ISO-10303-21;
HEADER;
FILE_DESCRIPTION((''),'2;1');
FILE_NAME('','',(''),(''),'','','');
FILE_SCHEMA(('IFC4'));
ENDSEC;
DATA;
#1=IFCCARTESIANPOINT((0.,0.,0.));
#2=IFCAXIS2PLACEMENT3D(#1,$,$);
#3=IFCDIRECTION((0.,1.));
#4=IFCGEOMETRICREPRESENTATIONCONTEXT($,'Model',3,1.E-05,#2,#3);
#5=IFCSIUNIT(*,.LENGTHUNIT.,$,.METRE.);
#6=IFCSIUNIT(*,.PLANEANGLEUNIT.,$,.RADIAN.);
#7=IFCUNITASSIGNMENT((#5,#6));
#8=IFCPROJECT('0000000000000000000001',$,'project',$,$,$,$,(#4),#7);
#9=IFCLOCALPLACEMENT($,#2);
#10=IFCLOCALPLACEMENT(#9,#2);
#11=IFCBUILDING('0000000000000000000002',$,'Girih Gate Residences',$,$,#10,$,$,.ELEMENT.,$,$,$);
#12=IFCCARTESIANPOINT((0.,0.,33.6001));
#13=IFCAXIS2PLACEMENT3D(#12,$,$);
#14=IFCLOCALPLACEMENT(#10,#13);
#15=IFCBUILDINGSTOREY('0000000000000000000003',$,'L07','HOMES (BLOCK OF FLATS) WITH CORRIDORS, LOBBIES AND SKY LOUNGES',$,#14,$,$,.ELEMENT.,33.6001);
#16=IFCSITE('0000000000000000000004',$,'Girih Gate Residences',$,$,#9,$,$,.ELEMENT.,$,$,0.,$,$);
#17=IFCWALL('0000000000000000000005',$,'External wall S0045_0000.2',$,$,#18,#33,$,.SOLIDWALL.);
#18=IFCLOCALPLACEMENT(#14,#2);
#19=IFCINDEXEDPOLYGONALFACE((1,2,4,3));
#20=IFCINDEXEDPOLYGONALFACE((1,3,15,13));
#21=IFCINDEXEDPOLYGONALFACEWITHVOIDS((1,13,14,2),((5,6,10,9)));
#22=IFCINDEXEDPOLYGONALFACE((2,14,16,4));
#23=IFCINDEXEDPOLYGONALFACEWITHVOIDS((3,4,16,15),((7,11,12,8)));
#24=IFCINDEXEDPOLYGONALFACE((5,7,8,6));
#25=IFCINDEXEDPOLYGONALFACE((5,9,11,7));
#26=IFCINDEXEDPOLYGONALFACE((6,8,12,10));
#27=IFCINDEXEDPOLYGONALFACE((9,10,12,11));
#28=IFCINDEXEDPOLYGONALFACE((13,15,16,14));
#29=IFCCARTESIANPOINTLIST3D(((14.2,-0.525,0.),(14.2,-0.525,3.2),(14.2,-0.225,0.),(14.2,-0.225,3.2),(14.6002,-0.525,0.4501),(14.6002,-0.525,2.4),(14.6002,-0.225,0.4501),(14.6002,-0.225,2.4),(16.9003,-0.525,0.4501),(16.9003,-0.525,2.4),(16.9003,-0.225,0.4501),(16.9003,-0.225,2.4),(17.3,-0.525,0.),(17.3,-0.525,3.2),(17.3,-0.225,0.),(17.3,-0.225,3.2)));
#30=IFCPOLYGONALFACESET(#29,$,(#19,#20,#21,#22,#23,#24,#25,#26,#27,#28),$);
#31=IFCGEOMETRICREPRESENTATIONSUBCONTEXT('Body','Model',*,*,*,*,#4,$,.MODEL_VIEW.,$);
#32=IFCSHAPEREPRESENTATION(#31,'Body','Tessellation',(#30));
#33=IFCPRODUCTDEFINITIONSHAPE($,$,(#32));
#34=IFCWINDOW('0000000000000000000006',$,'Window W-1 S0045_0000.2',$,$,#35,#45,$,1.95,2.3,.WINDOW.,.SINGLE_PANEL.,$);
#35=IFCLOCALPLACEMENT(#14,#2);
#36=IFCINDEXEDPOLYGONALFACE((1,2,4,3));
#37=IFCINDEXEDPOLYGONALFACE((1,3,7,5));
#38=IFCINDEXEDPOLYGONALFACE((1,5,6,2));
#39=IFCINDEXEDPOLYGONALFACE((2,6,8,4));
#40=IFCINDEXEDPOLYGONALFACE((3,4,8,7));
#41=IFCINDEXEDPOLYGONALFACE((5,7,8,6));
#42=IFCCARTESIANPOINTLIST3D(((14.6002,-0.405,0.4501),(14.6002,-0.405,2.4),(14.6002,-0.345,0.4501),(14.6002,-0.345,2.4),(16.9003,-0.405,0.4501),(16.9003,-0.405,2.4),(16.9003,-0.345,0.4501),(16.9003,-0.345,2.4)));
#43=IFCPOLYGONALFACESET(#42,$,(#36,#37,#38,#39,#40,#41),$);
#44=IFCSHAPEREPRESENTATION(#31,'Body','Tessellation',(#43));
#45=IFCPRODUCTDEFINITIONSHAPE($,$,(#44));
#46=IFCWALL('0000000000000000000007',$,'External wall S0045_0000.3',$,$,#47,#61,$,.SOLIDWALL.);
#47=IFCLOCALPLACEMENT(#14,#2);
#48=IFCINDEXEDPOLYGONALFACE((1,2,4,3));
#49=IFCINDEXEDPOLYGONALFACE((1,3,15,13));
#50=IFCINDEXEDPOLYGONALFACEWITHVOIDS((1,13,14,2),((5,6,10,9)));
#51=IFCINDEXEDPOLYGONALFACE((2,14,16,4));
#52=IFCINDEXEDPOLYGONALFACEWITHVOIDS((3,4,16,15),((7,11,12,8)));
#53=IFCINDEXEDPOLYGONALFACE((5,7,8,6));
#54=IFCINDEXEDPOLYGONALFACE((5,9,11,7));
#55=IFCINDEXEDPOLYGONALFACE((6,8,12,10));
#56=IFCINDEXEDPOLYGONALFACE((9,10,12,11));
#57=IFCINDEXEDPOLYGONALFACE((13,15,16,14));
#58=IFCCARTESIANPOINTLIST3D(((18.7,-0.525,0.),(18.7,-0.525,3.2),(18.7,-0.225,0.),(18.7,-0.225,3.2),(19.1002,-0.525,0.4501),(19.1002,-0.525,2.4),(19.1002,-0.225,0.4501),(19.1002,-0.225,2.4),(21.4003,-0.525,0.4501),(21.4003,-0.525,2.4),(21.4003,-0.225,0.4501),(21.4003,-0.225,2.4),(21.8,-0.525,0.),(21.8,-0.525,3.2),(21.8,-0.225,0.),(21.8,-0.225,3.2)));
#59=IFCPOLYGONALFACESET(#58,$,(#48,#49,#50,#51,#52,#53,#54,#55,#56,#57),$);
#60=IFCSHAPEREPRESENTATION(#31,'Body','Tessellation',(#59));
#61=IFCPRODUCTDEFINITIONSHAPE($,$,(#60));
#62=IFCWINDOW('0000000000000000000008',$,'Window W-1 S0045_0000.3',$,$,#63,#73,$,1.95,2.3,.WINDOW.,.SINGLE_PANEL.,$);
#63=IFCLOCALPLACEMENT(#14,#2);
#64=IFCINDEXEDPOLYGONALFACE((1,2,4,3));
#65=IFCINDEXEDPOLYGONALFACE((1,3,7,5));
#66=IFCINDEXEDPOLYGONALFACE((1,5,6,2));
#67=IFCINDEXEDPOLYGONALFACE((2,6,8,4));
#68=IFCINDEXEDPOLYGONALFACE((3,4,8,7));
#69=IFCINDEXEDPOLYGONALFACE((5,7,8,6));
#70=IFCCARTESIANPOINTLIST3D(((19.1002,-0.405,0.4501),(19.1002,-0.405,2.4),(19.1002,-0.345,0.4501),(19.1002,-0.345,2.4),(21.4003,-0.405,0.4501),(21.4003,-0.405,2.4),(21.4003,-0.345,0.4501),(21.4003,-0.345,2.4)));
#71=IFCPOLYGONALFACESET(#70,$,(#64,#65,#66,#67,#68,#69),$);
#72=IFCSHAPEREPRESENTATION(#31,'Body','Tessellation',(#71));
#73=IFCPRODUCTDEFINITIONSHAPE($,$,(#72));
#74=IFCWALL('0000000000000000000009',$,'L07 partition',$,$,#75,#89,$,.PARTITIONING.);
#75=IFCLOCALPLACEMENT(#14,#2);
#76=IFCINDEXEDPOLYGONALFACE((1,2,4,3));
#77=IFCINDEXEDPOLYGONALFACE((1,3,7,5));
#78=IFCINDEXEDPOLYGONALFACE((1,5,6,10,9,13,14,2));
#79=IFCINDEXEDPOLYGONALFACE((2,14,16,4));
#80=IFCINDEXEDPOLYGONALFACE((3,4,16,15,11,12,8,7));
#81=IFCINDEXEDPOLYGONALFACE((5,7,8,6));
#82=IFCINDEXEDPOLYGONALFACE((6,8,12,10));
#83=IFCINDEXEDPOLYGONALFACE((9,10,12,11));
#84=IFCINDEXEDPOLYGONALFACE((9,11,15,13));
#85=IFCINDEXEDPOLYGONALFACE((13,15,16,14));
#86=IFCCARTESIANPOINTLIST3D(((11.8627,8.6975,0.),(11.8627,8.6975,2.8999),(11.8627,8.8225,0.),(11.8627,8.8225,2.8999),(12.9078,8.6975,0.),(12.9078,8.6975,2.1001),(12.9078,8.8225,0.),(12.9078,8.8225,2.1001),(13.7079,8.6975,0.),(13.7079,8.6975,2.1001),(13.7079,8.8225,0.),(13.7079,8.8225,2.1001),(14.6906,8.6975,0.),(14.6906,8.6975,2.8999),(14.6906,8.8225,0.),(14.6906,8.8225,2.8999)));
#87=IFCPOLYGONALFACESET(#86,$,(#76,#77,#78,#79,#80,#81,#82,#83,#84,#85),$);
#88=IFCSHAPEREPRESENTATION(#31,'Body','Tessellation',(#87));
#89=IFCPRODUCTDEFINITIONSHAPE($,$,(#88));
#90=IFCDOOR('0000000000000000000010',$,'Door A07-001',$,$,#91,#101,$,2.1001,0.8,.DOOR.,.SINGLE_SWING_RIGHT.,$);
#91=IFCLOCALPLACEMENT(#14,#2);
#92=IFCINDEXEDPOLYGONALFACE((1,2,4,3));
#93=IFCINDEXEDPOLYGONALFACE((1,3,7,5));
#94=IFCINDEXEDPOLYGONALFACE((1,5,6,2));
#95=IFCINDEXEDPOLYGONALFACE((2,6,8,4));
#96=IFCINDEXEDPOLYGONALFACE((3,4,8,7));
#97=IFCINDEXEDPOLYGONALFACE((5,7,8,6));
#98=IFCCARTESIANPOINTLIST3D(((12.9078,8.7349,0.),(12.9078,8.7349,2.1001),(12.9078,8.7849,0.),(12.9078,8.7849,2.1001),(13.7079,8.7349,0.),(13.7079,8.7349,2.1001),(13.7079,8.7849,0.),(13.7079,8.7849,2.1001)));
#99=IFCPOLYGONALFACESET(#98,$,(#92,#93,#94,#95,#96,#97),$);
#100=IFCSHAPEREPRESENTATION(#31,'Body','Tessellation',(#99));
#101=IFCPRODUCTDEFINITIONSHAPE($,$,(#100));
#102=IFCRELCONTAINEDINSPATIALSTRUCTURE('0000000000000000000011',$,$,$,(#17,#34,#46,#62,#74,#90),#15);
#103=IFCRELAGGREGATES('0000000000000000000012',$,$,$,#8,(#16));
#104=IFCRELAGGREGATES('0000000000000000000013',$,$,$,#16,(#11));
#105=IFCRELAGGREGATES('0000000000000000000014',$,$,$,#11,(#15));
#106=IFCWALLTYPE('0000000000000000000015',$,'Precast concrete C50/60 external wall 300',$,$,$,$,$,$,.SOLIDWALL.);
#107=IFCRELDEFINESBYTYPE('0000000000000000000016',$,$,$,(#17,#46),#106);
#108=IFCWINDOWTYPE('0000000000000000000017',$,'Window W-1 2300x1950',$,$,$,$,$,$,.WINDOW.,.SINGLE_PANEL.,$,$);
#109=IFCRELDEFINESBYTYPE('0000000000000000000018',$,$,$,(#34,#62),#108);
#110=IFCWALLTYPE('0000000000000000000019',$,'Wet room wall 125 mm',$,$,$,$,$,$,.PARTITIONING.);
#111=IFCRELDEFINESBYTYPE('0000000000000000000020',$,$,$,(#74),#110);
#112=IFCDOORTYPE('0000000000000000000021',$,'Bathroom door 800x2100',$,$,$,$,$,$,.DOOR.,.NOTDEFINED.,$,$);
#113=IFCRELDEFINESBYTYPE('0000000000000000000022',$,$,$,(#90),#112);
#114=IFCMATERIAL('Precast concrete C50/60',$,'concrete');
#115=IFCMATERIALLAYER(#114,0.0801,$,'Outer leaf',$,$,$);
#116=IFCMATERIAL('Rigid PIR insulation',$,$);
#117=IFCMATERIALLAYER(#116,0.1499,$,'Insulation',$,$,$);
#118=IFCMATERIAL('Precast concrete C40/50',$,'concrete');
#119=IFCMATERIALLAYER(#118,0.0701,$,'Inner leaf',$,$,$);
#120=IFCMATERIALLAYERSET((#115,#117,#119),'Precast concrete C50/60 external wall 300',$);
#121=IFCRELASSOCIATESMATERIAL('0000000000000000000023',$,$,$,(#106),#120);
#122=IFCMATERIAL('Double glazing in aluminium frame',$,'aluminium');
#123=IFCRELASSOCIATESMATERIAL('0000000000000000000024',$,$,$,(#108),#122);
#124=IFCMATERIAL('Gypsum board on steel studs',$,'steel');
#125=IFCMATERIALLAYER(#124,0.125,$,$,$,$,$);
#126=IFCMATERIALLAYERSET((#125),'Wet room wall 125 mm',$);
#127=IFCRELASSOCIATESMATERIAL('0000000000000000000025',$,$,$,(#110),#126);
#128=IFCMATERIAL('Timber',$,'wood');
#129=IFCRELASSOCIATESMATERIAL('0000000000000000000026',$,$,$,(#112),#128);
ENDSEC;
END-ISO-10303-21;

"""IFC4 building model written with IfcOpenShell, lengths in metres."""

from ifc_helpers import new_model, si_unit, direction, frame, frame_2d, origin, place, context, subcontext, project, spatial, rectangle, extrude, material, layer, layer_set, type_object, element, fill, save


model = new_model("IFC4")

# Units and contexts
model_context = context("Model", 3, precision=1e-05, world=origin(), true_north=direction((0.0, 1.0)))
body_context = subcontext(model_context, "Body", "Model", "MODEL_VIEW")
ifc_project = project(units=[si_unit("LENGTHUNIT", "METRE"), si_unit("PLANEANGLEUNIT", "RADIAN")], contexts=[model_context])

# Site, building, storey
site_placement = place(None, origin())
site = spatial("IfcSite", under=ifc_project, at=site_placement, Name="Girih Gate Residences", CompositionType="ELEMENT", RefElevation=0.0)
building_placement = place(site_placement, origin())
building = spatial("IfcBuilding", under=site, at=building_placement, Name="Girih Gate Residences", CompositionType="ELEMENT")
storey_placement = place(building_placement, frame((0.0, 0.0, 33.6001)))
storey = spatial("IfcBuildingStorey", under=building, at=storey_placement, Name="L07", Description="HOMES (BLOCK OF FLATS) WITH CORRIDORS, LOBBIES AND SKY LOUNGES", CompositionType="ELEMENT", Elevation=33.6001)

# Shared definitions
ifc_material_1 = material(Name="Gypsum board on steel studs", Category="steel")

# Shared definitions
ifc_material_2 = material(Name="Timber", Category="wood")

# Walls, openings, windows
ifc_material_3 = material(Name="Precast concrete C50/60", Category="concrete")
ifc_layer_1 = layer(ifc_material_3, 0.0801, Name="Outer leaf")
ifc_material_4 = material(Name="Rigid PIR insulation")
ifc_layer_2 = layer(ifc_material_4, 0.1499, Name="Insulation")
ifc_material_5 = material(Name="Precast concrete C40/50", Category="concrete")
ifc_layer_3 = layer(ifc_material_5, 0.0701, Name="Inner leaf")
ifc_layer_set_1 = layer_set([ifc_layer_1, ifc_layer_2, ifc_layer_3], Name="Precast concrete C50/60 external wall 300")
wall_type_1 = type_object("IfcWallType", Name="Precast concrete C50/60 external wall 300", PredefinedType="SOLIDWALL", material=ifc_layer_set_1)
ifc_material_6 = material(Name="Double glazing in aluminium frame", Category="aluminium")
window_type = type_object("IfcWindowType", Name="Window W-1 2300x1950", PartitioningType="SINGLE_PANEL", PredefinedType="WINDOW", material=ifc_material_6)
wall_1_placement = place(storey_placement, frame((17.3, -0.375, 0.0), z_axis=(0.0, 0.0, 1.0), x_axis=(-1.0, 0.0, 0.0)))
wall_1 = element("IfcWall", 1, at=wall_1_placement, inside=storey, type_object=wall_type_1, Name="External wall S0045_0000.2", PredefinedType="SOLIDWALL", context=body_context, shape_type="SweptSolid", body=[
    extrude(rectangle(XDim=3.1001, YDim=0.3, at=frame_2d((1.55, 0.0))), origin(), (0.0, 0.0, 1.0), 3.2),
])
opening_1_placement = place(wall_1_placement, frame((0.3999, 0.0, 0.45)))
opening_1 = element("IfcOpeningElement", 2, at=opening_1_placement, cuts=wall_1, PredefinedType="OPENING", context=body_context, shape_type="SweptSolid", body=[
    extrude(rectangle(XDim=2.3, YDim=1.95, at=frame_2d((1.1499, 0.9751))), frame((0.0, 0.1599, 0.0), z_axis=(0.0, -1.0, 0.0), x_axis=(1.0, 0.0, 0.0)), (0.0, 0.0, 1.0), 0.3201),
])
window_1_placement = place(opening_1_placement, origin())
window_1 = element("IfcWindow", 3, at=window_1_placement, inside=storey, type_object=window_type, Name="Window W-1 S0045_0000.2", OverallHeight=1.95, OverallWidth=2.3, PartitioningType="SINGLE_PANEL", PredefinedType="WINDOW", context=body_context, shape_type="SweptSolid", body=[
    extrude(rectangle(XDim=2.3, YDim=1.95, at=frame_2d((1.1499, 0.9751))), frame((0.0, 0.03, 0.0), z_axis=(0.0, -1.0, 0.0), x_axis=(1.0, 0.0, 0.0)), (0.0, 0.0, 1.0), 0.0601),
])
fill(opening_1, window_1)
wall_2_placement = place(storey_placement, frame((21.8, -0.375, 0.0), z_axis=(0.0, 0.0, 1.0), x_axis=(-1.0, 0.0, 0.0)))
wall_2 = element("IfcWall", 4, at=wall_2_placement, inside=storey, type_object=wall_type_1, Name="External wall S0045_0000.3", PredefinedType="SOLIDWALL", context=body_context, shape_type="SweptSolid", body=[
    extrude(rectangle(XDim=3.1001, YDim=0.3, at=frame_2d((1.55, 0.0))), origin(), (0.0, 0.0, 1.0), 3.2),
])
opening_2_placement = place(wall_2_placement, frame((0.3999, 0.0, 0.45)))
opening_2 = element("IfcOpeningElement", 5, at=opening_2_placement, cuts=wall_2, PredefinedType="OPENING", context=body_context, shape_type="SweptSolid", body=[
    extrude(rectangle(XDim=2.3, YDim=1.95, at=frame_2d((1.1499, 0.9751))), frame((0.0, 0.1599, 0.0), z_axis=(0.0, -1.0, 0.0), x_axis=(1.0, 0.0, 0.0)), (0.0, 0.0, 1.0), 0.3201),
])
window_2_placement = place(opening_2_placement, origin())
window_2 = element("IfcWindow", 6, at=window_2_placement, inside=storey, type_object=window_type, Name="Window W-1 S0045_0000.3", OverallHeight=1.95, OverallWidth=2.3, PartitioningType="SINGLE_PANEL", PredefinedType="WINDOW", context=body_context, shape_type="SweptSolid", body=[
    extrude(rectangle(XDim=2.3, YDim=1.95, at=frame_2d((1.1499, 0.9751))), frame((0.0, 0.03, 0.0), z_axis=(0.0, -1.0, 0.0), x_axis=(1.0, 0.0, 0.0)), (0.0, 0.0, 1.0), 0.0601),
])
fill(opening_2, window_2)

# Wall, opening, door
ifc_layer_4 = layer(ifc_material_1, 0.125)
ifc_layer_set_2 = layer_set([ifc_layer_4], Name="Wet room wall 125 mm")
wall_type_2 = type_object("IfcWallType", Name="Wet room wall 125 mm", PredefinedType="PARTITIONING", material=ifc_layer_set_2)
wall_3_placement = place(storey_placement, frame((11.8625, 8.76, 0.0), z_axis=(0.0, 0.0, 1.0), x_axis=(1.0, 0.0, 0.0)))
wall_3 = element("IfcWall", 7, at=wall_3_placement, inside=storey, type_object=wall_type_2, Name="L07 partition", PredefinedType="PARTITIONING", context=body_context, shape_type="SweptSolid", body=[
    extrude(rectangle(XDim=2.8279, YDim=0.125, at=frame_2d((1.4141, 0.0))), origin(), (0.0, 0.0, 1.0), 2.8999),
])
opening_3_placement = place(wall_3_placement, frame((1.0454, 0.0, 0.0)))
opening_3 = element("IfcOpeningElement", 8, at=opening_3_placement, cuts=wall_3, PredefinedType="OPENING", context=body_context, shape_type="SweptSolid", body=[
    extrude(rectangle(XDim=0.8, YDim=2.1001, at=frame_2d((0.3999, 1.05))), frame((0.0, 0.0725, 0.0), z_axis=(0.0, -1.0, 0.0), x_axis=(1.0, 0.0, 0.0)), (0.0, 0.0, 1.0), 0.145),
])
door_type_1 = type_object("IfcDoorType", Name="Bathroom door 800x2100", OperationType="NOTDEFINED", PredefinedType="DOOR", material=ifc_material_2)
door_1_placement = place(opening_3_placement, origin())
door_1 = element("IfcDoor", 9, at=door_1_placement, inside=storey, type_object=door_type_1, Name="Door A07-001", OperationType="SINGLE_SWING_RIGHT", OverallHeight=2.1001, OverallWidth=0.8, PredefinedType="DOOR", context=body_context, shape_type="SweptSolid", body=[
    extrude(rectangle(XDim=0.8, YDim=2.1001, at=frame_2d((0.3999, 1.05))), frame((0.0, 0.0249, 0.0), z_axis=(0.0, -1.0, 0.0), x_axis=(1.0, 0.0, 0.0)), (0.0, 0.0, 1.0), 0.05),
])
fill(opening_3, door_1)

save(model, "model.ifc")
